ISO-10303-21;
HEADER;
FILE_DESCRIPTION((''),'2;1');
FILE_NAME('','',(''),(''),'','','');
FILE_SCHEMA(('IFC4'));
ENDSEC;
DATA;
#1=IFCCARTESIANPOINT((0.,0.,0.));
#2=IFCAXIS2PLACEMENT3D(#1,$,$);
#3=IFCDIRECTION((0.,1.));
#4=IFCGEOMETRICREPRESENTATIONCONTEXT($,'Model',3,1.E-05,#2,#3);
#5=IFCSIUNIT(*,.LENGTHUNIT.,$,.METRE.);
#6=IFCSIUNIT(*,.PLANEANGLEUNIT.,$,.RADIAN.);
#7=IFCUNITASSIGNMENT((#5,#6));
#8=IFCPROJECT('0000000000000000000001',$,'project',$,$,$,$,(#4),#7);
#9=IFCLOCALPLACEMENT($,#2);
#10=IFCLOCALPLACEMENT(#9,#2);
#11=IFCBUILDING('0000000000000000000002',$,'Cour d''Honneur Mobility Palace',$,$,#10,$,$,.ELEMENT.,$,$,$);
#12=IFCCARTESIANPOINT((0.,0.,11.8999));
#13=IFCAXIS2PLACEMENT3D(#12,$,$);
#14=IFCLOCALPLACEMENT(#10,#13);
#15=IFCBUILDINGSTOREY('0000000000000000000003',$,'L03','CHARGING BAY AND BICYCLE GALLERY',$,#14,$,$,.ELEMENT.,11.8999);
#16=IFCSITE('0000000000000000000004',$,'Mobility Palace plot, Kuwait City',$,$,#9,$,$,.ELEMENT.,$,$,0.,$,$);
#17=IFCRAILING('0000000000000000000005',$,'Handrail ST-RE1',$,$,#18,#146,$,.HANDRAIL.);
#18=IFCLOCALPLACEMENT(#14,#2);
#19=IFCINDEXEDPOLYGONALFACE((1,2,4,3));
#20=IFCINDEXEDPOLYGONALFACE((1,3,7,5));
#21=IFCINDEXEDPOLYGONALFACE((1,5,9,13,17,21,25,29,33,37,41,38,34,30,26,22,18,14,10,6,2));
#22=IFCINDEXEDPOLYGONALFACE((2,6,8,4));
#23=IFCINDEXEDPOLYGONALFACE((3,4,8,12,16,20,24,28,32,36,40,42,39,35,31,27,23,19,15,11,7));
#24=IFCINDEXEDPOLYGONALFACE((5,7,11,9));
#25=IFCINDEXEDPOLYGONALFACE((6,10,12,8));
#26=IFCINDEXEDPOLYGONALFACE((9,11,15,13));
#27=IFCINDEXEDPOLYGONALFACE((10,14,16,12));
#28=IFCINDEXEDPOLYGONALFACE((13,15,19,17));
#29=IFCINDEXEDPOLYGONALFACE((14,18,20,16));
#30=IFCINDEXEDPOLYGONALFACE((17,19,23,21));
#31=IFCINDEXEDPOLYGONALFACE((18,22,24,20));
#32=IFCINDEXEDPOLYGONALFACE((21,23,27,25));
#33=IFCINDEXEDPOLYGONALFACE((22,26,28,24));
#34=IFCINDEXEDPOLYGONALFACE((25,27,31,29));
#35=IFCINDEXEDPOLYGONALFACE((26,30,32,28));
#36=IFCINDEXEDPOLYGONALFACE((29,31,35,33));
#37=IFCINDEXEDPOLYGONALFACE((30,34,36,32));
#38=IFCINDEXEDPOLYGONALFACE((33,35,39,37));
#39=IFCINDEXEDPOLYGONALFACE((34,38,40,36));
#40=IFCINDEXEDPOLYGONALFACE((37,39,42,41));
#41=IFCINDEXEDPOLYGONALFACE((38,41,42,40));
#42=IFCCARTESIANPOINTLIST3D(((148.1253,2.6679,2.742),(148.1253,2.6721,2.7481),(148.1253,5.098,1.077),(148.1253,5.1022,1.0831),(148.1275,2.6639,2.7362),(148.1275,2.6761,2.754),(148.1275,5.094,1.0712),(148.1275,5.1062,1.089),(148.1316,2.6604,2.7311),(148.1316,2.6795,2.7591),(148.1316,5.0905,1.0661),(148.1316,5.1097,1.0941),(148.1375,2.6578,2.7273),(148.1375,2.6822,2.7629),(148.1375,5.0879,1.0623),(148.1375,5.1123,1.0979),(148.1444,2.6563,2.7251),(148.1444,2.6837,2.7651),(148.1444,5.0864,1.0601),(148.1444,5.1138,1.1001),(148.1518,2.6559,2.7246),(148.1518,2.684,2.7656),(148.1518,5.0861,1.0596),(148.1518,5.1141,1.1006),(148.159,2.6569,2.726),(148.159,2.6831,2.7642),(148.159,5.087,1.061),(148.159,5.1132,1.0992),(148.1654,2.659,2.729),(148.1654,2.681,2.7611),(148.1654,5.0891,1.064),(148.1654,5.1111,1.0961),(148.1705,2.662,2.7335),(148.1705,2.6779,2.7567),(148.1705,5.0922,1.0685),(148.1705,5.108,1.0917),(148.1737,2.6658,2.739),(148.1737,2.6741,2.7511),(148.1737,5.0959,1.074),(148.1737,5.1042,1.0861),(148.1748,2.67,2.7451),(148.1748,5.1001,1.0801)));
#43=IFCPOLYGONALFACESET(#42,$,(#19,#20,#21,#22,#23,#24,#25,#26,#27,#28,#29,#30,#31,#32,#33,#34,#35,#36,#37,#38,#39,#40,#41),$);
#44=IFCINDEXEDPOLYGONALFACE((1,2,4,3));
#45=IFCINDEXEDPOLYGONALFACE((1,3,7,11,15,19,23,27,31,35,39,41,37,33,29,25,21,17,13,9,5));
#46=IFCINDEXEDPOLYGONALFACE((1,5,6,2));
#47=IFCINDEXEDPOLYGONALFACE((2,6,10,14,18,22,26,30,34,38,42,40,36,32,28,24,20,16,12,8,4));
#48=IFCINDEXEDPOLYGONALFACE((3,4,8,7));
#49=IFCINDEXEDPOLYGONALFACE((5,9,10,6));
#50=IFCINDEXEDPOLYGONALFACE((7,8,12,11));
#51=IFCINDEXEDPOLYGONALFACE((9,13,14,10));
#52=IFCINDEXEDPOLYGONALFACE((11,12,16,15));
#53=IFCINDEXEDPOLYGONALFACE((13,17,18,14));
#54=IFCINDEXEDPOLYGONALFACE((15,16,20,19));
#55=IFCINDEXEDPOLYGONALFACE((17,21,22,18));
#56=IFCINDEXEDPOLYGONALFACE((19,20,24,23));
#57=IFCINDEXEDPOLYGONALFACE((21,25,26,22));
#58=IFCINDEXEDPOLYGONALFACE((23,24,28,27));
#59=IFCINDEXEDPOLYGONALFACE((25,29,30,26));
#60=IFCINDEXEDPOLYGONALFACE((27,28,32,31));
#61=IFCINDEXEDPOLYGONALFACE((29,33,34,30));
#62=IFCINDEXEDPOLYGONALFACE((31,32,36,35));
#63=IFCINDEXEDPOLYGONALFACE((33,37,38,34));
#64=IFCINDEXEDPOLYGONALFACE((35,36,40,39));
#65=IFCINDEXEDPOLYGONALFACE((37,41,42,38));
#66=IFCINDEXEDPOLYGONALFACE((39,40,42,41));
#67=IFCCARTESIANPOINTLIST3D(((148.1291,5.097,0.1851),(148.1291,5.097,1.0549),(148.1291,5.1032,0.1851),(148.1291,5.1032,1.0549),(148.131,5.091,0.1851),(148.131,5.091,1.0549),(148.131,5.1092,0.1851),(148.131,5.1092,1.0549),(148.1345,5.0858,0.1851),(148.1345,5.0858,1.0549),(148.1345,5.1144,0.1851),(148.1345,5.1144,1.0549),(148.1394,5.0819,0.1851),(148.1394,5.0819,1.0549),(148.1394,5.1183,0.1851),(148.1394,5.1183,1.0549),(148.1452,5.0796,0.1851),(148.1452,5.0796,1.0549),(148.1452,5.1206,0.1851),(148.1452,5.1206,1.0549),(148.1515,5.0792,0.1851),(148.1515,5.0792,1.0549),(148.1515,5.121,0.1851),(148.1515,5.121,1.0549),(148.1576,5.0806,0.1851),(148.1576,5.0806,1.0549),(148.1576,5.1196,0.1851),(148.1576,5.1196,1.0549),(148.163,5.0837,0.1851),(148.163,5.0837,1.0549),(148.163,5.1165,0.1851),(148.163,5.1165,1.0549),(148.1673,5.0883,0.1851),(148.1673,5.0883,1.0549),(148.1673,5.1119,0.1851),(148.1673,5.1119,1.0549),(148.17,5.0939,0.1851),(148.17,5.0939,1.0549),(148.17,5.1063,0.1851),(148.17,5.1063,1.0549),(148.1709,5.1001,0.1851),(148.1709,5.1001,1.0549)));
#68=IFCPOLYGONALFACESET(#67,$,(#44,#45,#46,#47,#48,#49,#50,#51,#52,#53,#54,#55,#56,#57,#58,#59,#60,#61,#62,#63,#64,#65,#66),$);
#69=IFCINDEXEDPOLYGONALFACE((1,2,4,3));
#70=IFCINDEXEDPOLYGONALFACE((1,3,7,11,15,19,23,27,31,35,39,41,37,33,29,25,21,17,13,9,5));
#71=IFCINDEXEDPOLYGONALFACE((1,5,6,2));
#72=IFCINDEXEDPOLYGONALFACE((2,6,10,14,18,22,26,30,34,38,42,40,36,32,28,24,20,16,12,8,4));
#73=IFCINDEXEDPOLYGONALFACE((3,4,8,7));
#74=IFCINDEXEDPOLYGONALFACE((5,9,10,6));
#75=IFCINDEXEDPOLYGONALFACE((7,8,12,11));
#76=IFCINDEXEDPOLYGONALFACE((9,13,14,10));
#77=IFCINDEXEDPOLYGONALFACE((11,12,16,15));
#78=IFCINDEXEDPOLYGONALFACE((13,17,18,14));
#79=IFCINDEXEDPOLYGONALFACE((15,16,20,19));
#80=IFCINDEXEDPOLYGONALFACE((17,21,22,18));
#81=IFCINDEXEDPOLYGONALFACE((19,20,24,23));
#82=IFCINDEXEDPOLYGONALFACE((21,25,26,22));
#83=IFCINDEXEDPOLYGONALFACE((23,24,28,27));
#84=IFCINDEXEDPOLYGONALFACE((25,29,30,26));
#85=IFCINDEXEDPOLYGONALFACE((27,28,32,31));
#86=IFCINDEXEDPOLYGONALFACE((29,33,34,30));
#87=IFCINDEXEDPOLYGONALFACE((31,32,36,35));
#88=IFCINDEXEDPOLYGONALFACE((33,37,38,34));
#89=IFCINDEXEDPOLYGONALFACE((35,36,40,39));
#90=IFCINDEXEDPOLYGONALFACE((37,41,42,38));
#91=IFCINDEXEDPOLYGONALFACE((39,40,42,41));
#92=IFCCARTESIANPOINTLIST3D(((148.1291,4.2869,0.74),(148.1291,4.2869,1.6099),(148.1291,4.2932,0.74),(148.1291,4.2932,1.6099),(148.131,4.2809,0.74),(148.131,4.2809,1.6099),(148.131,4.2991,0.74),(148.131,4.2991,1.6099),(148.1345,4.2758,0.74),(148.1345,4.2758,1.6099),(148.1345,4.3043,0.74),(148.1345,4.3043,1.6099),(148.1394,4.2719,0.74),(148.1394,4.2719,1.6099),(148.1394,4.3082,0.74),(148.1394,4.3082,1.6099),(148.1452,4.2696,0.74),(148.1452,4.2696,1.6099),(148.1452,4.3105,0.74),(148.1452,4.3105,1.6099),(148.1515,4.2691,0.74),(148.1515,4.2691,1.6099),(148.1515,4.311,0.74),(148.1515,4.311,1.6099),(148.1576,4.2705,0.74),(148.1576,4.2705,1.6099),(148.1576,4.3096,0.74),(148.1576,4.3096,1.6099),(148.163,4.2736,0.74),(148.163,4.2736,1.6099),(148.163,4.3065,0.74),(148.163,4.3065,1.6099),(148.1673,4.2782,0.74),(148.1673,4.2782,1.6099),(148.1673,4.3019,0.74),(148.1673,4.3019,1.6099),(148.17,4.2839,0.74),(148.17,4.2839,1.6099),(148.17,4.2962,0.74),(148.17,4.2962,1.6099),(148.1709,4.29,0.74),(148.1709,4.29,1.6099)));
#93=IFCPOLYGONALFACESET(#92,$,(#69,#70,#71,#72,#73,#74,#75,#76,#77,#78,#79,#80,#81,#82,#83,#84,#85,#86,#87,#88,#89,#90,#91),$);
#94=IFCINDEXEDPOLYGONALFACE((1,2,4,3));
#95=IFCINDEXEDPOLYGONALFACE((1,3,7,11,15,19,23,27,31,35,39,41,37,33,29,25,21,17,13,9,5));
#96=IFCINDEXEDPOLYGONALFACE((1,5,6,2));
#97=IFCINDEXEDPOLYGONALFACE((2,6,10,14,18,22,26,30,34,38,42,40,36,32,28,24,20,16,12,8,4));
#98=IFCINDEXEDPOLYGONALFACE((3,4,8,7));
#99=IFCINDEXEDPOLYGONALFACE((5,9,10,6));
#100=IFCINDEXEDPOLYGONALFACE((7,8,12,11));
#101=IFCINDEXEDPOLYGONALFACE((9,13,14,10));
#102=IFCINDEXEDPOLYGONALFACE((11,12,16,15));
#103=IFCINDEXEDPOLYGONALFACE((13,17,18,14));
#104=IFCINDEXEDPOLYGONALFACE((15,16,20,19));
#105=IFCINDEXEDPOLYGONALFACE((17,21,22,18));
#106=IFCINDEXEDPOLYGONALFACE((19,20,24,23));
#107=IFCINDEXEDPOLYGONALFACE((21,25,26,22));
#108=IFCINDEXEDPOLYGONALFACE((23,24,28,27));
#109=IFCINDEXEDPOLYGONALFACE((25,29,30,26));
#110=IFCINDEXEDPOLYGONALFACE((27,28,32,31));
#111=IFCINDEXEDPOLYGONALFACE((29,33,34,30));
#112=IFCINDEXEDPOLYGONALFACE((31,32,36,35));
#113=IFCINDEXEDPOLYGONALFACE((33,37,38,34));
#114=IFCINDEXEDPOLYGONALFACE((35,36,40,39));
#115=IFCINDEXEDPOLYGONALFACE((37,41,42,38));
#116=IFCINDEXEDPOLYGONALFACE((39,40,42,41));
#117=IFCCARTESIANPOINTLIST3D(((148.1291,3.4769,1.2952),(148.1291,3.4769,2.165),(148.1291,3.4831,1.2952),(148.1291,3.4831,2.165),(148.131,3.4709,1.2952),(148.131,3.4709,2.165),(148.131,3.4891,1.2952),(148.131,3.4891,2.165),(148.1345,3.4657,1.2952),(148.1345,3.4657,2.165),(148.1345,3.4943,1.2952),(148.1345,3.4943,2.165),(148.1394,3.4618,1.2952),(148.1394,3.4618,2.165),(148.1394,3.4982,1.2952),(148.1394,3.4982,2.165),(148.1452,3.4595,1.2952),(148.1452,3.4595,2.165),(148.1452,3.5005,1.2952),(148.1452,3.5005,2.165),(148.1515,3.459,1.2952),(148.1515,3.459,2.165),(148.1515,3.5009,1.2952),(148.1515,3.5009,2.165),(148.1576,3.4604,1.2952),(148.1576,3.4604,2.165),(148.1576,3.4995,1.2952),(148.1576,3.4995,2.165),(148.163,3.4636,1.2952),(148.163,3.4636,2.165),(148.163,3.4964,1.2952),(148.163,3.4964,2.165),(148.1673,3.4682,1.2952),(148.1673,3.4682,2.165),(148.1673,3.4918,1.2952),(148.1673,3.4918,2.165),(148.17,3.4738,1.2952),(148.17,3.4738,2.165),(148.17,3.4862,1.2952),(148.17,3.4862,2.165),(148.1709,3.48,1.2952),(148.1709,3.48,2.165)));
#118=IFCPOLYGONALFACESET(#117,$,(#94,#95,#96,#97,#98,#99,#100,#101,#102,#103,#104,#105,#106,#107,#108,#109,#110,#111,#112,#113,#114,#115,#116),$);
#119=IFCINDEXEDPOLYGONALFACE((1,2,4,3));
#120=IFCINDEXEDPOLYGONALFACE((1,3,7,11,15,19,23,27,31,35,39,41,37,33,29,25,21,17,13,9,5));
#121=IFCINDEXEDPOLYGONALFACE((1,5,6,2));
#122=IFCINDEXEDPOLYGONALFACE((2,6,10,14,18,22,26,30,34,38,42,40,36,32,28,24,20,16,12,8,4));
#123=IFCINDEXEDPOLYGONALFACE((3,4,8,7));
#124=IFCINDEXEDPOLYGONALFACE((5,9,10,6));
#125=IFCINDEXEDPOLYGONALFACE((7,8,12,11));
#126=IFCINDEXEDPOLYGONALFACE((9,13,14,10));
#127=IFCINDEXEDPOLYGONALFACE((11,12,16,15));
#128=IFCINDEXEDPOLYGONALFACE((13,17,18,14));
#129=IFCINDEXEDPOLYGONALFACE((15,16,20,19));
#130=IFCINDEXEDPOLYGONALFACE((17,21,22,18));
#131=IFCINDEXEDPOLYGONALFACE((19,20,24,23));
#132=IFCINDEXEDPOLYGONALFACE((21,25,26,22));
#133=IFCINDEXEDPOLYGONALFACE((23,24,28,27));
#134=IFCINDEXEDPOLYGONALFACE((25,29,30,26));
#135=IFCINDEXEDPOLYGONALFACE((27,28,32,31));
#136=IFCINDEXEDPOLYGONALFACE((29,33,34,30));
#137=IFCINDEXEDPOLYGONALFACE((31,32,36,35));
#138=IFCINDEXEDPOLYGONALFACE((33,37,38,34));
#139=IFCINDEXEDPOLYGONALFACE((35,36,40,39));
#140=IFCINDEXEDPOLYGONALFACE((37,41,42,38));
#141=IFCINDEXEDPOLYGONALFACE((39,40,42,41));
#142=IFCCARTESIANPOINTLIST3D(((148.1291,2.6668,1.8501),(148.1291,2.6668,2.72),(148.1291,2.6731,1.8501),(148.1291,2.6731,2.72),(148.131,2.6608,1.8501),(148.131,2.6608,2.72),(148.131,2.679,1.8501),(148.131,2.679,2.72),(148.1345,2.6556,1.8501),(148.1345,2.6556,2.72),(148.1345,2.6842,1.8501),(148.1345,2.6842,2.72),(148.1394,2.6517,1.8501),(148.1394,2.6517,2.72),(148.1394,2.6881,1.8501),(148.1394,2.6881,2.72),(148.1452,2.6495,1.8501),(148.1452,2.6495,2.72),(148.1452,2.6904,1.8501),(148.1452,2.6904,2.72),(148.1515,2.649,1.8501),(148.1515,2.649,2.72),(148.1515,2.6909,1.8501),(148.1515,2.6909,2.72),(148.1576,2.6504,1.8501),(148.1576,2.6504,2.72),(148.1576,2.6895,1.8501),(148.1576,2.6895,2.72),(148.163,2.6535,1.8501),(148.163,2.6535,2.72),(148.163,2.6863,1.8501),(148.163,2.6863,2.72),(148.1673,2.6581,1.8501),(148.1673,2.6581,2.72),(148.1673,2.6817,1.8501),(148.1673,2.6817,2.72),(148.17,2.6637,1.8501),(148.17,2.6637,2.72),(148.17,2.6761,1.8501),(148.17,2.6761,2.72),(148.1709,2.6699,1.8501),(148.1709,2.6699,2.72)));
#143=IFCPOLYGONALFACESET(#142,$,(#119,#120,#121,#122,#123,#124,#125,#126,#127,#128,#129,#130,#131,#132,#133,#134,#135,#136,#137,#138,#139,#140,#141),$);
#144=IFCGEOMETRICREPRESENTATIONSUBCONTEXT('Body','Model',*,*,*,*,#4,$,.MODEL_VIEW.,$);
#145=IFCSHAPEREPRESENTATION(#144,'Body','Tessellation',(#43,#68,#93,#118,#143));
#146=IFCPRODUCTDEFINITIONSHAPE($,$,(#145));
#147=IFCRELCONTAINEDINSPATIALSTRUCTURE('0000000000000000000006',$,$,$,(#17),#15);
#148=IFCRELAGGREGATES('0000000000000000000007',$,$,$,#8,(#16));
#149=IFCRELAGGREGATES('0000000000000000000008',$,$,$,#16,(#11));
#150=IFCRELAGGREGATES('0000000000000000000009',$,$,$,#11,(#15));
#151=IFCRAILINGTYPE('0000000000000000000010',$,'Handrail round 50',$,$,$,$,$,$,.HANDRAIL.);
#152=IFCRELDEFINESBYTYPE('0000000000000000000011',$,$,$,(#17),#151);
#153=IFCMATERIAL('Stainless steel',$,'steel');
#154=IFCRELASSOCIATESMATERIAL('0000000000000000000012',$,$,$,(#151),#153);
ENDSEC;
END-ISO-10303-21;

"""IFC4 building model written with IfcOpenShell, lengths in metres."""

from ifc_helpers import new_model, si_unit, direction, frame, origin, origin_2d, place, context, subcontext, project, spatial, circle, extrude, material, type_object, element, save


model = new_model("IFC4")

# Units and contexts
model_context = context("Model", 3, precision=1e-05, world=origin(), true_north=direction((0.0, 1.0)))
body_context = subcontext(model_context, "Body", "Model", "MODEL_VIEW")
ifc_project = project(units=[si_unit("LENGTHUNIT", "METRE"), si_unit("PLANEANGLEUNIT", "RADIAN")], contexts=[model_context])

# Site, building, storey
site_placement = place(None, origin())
site = spatial("IfcSite", under=ifc_project, at=site_placement, Name="Mobility Palace plot, Kuwait City", CompositionType="ELEMENT", RefElevation=0.0)
building_placement = place(site_placement, origin())
building = spatial("IfcBuilding", under=site, at=building_placement, Name="Cour d'Honneur Mobility Palace", CompositionType="ELEMENT")
storey_placement = place(building_placement, frame((0.0, 0.0, 11.8999)))
storey = spatial("IfcBuildingStorey", under=building, at=storey_placement, Name="L03", Description="CHARGING BAY AND BICYCLE GALLERY", CompositionType="ELEMENT", Elevation=11.8999)

# Railing
ifc_material_1 = material(Name="Stainless steel", Category="steel")
railing_type_1 = type_object("IfcRailingType", Name="Handrail round 50", PredefinedType="HANDRAIL", material=ifc_material_1)
for number, where, name in (
    (1, (148.1499, 5.1001, 0.1851), "Handrail ST-RE1"),
):
    element("IfcRailing", number, at=place(storey_placement, frame(where)), inside=storey, type_object=railing_type_1, Name=name, PredefinedType="HANDRAIL", context=body_context, shape_type="SweptSolid", body=[
        extrude(circle(Radius=0.0249, at=origin_2d()), frame((0.0, 0.0, 0.895), z_axis=(0.0, -0.824945, 0.565213), x_axis=(1.0, 0.0, 0.0)), (0.0, 0.0, 1.0), 2.9458),
        extrude(circle(Radius=0.021, at=origin_2d()), origin(), (0.0, 0.0, 1.0), 0.8699),
        extrude(circle(Radius=0.021, at=origin_2d()), frame((0.0, -0.8101, 0.5549)), (0.0, 0.0, 1.0), 0.8699),
        extrude(circle(Radius=0.021, at=origin_2d()), frame((0.0, -1.6201, 1.1101)), (0.0, 0.0, 1.0), 0.8699),
        extrude(circle(Radius=0.021, at=origin_2d()), frame((0.0, -2.4302, 1.665)), (0.0, 0.0, 1.0), 0.8699),
    ])

save(model, "model.ifc")
